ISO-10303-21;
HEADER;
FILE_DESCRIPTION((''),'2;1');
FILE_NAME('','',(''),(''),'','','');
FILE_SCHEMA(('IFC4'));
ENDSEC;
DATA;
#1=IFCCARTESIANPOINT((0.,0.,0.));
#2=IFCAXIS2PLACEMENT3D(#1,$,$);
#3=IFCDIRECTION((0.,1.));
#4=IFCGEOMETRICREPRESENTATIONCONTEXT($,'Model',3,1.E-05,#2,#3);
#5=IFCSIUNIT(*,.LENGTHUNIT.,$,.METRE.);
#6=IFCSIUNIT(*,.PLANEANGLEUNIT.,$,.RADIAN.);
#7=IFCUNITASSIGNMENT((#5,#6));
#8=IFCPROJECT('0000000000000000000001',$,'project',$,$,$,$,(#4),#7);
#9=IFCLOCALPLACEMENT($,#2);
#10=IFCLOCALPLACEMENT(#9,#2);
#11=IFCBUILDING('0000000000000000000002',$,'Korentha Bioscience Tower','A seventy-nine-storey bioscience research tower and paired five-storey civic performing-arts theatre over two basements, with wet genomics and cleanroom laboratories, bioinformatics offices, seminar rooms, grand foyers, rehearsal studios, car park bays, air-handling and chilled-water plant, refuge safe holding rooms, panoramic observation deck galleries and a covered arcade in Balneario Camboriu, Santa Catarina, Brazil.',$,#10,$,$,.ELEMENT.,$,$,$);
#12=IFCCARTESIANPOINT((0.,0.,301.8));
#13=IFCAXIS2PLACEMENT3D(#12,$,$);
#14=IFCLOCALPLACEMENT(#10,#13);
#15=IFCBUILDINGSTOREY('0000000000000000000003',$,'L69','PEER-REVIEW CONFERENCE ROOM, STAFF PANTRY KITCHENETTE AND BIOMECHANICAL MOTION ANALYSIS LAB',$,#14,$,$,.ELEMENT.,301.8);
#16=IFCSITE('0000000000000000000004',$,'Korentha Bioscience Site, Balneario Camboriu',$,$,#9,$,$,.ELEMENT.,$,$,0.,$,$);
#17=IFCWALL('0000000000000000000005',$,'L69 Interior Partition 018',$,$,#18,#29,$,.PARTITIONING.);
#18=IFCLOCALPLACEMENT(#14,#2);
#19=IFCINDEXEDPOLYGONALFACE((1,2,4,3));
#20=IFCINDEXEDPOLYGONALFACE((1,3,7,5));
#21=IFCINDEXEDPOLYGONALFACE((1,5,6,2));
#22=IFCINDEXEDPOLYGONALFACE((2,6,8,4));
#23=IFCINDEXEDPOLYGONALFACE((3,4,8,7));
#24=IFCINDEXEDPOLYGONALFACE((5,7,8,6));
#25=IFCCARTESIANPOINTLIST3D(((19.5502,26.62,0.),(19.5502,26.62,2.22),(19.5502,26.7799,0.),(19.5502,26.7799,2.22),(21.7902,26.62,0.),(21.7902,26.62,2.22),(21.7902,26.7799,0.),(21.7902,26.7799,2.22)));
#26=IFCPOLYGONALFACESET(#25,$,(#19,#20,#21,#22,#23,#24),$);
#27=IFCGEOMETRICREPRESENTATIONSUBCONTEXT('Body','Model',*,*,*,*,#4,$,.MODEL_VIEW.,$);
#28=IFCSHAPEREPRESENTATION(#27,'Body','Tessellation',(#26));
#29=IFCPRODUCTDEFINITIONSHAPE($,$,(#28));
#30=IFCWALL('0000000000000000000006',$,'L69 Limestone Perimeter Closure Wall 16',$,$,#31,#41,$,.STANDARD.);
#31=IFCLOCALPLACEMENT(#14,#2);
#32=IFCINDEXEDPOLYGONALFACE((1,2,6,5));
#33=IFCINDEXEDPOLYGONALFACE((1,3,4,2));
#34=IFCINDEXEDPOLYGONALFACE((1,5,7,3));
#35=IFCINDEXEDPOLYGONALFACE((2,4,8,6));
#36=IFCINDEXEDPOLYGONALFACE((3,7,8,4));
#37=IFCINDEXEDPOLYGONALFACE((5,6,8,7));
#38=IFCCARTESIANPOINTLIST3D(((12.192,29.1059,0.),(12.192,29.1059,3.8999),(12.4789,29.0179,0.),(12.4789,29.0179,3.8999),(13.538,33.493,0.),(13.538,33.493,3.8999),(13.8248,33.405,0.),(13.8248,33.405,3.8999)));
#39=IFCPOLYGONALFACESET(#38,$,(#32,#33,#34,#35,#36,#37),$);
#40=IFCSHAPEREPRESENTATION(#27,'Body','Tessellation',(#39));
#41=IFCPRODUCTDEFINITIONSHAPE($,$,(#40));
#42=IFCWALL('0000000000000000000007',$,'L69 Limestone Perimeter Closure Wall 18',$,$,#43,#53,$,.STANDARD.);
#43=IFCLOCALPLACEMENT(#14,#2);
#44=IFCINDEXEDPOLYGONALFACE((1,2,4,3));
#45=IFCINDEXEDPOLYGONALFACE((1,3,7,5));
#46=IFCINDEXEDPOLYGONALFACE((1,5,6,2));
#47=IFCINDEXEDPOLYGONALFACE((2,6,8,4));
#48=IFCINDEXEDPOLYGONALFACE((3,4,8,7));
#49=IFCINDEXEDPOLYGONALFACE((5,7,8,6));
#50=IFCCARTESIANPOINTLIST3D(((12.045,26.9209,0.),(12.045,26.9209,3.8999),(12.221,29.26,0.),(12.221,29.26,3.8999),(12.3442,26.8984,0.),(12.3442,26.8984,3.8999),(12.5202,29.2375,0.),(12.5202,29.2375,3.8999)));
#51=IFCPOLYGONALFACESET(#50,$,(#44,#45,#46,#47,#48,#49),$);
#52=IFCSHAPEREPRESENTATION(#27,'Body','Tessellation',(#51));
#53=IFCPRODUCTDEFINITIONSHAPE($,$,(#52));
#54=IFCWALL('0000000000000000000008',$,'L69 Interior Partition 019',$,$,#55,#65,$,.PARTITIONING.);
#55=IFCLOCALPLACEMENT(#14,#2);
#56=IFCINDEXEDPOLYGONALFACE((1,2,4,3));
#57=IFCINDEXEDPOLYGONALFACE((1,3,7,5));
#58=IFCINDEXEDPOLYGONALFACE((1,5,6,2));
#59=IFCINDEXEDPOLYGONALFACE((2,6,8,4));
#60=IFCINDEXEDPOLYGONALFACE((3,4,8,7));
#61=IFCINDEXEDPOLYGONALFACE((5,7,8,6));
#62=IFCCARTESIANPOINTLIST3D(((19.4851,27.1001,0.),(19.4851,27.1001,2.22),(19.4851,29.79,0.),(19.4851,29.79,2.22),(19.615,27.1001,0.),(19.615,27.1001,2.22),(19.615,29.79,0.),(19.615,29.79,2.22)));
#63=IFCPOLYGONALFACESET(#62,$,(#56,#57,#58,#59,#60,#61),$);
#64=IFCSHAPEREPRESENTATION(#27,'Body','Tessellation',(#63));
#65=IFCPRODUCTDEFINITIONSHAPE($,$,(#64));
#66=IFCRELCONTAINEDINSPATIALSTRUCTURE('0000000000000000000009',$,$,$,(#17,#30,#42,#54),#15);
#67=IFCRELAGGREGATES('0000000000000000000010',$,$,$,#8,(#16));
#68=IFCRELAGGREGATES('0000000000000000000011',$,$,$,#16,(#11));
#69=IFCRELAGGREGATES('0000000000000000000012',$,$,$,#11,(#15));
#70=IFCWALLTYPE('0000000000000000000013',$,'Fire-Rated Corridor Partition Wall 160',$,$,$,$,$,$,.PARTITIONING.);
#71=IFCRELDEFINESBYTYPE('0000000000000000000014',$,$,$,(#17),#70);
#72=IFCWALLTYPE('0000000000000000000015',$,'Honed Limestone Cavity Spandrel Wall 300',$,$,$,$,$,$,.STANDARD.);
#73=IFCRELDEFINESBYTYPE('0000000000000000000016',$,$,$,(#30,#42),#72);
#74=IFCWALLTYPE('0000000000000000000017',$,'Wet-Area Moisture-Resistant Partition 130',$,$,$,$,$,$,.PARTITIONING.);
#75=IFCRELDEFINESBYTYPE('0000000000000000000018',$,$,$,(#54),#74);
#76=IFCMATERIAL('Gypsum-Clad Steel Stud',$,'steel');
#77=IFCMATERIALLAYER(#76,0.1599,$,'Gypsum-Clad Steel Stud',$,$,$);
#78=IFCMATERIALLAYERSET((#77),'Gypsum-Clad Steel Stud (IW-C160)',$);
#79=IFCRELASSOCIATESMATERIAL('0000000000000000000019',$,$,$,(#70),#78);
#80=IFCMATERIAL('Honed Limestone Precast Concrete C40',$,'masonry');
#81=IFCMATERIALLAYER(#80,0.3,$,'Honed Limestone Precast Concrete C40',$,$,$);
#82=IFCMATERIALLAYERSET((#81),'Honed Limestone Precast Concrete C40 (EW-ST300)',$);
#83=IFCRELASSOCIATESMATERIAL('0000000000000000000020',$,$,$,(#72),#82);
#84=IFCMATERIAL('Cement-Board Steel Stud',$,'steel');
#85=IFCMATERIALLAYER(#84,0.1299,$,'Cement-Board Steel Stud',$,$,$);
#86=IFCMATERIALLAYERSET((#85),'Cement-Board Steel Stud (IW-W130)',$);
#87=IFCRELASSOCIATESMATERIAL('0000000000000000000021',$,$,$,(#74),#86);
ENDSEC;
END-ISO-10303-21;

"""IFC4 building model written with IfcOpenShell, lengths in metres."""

from ifc_helpers import new_model, si_unit, direction, frame, frame_2d, origin, place, context, subcontext, project, spatial, rectangle, extrude, material, layer, layer_set, type_object, element, save


model = new_model("IFC4")

# Units and contexts
model_context = context("Model", 3, precision=1e-05, world=origin(), true_north=direction((0.0, 1.0)))
body_context = subcontext(model_context, "Body", "Model", "MODEL_VIEW")
ifc_project = project(units=[si_unit("LENGTHUNIT", "METRE"), si_unit("PLANEANGLEUNIT", "RADIAN")], contexts=[model_context])

# Site, building, storey
site_placement = place(None, origin())
site = spatial("IfcSite", under=ifc_project, at=site_placement, Name="Korentha Bioscience Site, Balneario Camboriu", CompositionType="ELEMENT", RefElevation=0.0)
building_placement = place(site_placement, origin())
building = spatial("IfcBuilding", under=site, at=building_placement, Name="Korentha Bioscience Tower", Description="A seventy-nine-storey bioscience research tower and paired five-storey civic performing-arts theatre over two basements, with wet genomics and cleanroom laboratories, bioinformatics offices, seminar rooms, grand foyers, rehearsal studios, car park bays, air-handling and chilled-water plant, refuge safe holding rooms, panoramic observation deck galleries and a covered arcade in Balneario Camboriu, Santa Catarina, Brazil.", CompositionType="ELEMENT")
storey_placement = place(building_placement, frame((0.0, 0.0, 301.8)))
storey = spatial("IfcBuildingStorey", under=building, at=storey_placement, Name="L69", Description="PEER-REVIEW CONFERENCE ROOM, STAFF PANTRY KITCHENETTE AND BIOMECHANICAL MOTION ANALYSIS LAB", CompositionType="ELEMENT", Elevation=301.8)

# Walls
ifc_material_1 = material(Name="Gypsum-Clad Steel Stud", Category="steel")
ifc_layer_1 = layer(ifc_material_1, 0.1599, Name="Gypsum-Clad Steel Stud")
ifc_layer_set_1 = layer_set([ifc_layer_1], Name="Gypsum-Clad Steel Stud (IW-C160)")
wall_type_1 = type_object("IfcWallType", Name="Fire-Rated Corridor Partition Wall 160", PredefinedType="PARTITIONING", material=ifc_layer_set_1)
wall_1_placement = place(storey_placement, frame((19.55, 26.7, 0.0), z_axis=(0.0, 0.0, 1.0), x_axis=(1.0, 0.0, 0.0)))
element("IfcWall", 1, at=wall_1_placement, inside=storey, type_object=wall_type_1, Name="L69 Interior Partition 018", PredefinedType="PARTITIONING", context=body_context, shape_type="SweptSolid", body=[
    extrude(rectangle(XDim=2.24, YDim=0.1599, at=frame_2d((1.1201, 0.0))), origin(), (0.0, 0.0, 1.0), 2.22),
])
ifc_material_2 = material(Name="Honed Limestone Precast Concrete C40", Category="masonry")
ifc_layer_2 = layer(ifc_material_2, 0.3, Name="Honed Limestone Precast Concrete C40")
ifc_layer_set_2 = layer_set([ifc_layer_2], Name="Honed Limestone Precast Concrete C40 (EW-ST300)")
wall_type_2 = type_object("IfcWallType", Name="Honed Limestone Cavity Spandrel Wall 300", PredefinedType="STANDARD", material=ifc_layer_set_2)
wall_2_placement = place(storey_placement, frame((13.6814, 33.449, 0.0), z_axis=(0.0, 0.0, 1.0), x_axis=(-0.293312, -0.956017, 0.0)))
element("IfcWall", 2, at=wall_2_placement, inside=storey, type_object=wall_type_2, Name="L69 Limestone Perimeter Closure Wall 16", PredefinedType="STANDARD", context=body_context, shape_type="SweptSolid", body=[
    extrude(rectangle(XDim=4.5889, YDim=0.3, at=frame_2d((2.2944, 0.0))), origin(), (0.0, 0.0, 1.0), 3.8999),
])
wall_3_placement = place(storey_placement, frame((12.3706, 29.2488, 0.0), z_axis=(0.0, 0.0, 1.0), x_axis=(-0.075041, -0.99718, 0.0)))
element("IfcWall", 3, at=wall_3_placement, inside=storey, type_object=wall_type_2, Name="L69 Limestone Perimeter Closure Wall 18", PredefinedType="STANDARD", context=body_context, shape_type="SweptSolid", body=[
    extrude(rectangle(XDim=2.3457, YDim=0.3, at=frame_2d((1.1729, 0.0))), origin(), (0.0, 0.0, 1.0), 3.8999),
])
ifc_material_3 = material(Name="Cement-Board Steel Stud", Category="steel")
ifc_layer_3 = layer(ifc_material_3, 0.1299, Name="Cement-Board Steel Stud")
ifc_layer_set_3 = layer_set([ifc_layer_3], Name="Cement-Board Steel Stud (IW-W130)")
wall_type_3 = type_object("IfcWallType", Name="Wet-Area Moisture-Resistant Partition 130", PredefinedType="PARTITIONING", material=ifc_layer_set_3)
wall_4_placement = place(storey_placement, frame((19.55, 27.1001, 0.0), z_axis=(0.0, 0.0, 1.0), x_axis=(0.0, 1.0, 0.0)))
element("IfcWall", 4, at=wall_4_placement, inside=storey, type_object=wall_type_3, Name="L69 Interior Partition 019", PredefinedType="PARTITIONING", context=body_context, shape_type="SweptSolid", body=[
    extrude(rectangle(XDim=2.6899, YDim=0.1299, at=frame_2d((1.345, 0.0))), origin(), (0.0, 0.0, 1.0), 2.22),
])

save(model, "model.ifc")
